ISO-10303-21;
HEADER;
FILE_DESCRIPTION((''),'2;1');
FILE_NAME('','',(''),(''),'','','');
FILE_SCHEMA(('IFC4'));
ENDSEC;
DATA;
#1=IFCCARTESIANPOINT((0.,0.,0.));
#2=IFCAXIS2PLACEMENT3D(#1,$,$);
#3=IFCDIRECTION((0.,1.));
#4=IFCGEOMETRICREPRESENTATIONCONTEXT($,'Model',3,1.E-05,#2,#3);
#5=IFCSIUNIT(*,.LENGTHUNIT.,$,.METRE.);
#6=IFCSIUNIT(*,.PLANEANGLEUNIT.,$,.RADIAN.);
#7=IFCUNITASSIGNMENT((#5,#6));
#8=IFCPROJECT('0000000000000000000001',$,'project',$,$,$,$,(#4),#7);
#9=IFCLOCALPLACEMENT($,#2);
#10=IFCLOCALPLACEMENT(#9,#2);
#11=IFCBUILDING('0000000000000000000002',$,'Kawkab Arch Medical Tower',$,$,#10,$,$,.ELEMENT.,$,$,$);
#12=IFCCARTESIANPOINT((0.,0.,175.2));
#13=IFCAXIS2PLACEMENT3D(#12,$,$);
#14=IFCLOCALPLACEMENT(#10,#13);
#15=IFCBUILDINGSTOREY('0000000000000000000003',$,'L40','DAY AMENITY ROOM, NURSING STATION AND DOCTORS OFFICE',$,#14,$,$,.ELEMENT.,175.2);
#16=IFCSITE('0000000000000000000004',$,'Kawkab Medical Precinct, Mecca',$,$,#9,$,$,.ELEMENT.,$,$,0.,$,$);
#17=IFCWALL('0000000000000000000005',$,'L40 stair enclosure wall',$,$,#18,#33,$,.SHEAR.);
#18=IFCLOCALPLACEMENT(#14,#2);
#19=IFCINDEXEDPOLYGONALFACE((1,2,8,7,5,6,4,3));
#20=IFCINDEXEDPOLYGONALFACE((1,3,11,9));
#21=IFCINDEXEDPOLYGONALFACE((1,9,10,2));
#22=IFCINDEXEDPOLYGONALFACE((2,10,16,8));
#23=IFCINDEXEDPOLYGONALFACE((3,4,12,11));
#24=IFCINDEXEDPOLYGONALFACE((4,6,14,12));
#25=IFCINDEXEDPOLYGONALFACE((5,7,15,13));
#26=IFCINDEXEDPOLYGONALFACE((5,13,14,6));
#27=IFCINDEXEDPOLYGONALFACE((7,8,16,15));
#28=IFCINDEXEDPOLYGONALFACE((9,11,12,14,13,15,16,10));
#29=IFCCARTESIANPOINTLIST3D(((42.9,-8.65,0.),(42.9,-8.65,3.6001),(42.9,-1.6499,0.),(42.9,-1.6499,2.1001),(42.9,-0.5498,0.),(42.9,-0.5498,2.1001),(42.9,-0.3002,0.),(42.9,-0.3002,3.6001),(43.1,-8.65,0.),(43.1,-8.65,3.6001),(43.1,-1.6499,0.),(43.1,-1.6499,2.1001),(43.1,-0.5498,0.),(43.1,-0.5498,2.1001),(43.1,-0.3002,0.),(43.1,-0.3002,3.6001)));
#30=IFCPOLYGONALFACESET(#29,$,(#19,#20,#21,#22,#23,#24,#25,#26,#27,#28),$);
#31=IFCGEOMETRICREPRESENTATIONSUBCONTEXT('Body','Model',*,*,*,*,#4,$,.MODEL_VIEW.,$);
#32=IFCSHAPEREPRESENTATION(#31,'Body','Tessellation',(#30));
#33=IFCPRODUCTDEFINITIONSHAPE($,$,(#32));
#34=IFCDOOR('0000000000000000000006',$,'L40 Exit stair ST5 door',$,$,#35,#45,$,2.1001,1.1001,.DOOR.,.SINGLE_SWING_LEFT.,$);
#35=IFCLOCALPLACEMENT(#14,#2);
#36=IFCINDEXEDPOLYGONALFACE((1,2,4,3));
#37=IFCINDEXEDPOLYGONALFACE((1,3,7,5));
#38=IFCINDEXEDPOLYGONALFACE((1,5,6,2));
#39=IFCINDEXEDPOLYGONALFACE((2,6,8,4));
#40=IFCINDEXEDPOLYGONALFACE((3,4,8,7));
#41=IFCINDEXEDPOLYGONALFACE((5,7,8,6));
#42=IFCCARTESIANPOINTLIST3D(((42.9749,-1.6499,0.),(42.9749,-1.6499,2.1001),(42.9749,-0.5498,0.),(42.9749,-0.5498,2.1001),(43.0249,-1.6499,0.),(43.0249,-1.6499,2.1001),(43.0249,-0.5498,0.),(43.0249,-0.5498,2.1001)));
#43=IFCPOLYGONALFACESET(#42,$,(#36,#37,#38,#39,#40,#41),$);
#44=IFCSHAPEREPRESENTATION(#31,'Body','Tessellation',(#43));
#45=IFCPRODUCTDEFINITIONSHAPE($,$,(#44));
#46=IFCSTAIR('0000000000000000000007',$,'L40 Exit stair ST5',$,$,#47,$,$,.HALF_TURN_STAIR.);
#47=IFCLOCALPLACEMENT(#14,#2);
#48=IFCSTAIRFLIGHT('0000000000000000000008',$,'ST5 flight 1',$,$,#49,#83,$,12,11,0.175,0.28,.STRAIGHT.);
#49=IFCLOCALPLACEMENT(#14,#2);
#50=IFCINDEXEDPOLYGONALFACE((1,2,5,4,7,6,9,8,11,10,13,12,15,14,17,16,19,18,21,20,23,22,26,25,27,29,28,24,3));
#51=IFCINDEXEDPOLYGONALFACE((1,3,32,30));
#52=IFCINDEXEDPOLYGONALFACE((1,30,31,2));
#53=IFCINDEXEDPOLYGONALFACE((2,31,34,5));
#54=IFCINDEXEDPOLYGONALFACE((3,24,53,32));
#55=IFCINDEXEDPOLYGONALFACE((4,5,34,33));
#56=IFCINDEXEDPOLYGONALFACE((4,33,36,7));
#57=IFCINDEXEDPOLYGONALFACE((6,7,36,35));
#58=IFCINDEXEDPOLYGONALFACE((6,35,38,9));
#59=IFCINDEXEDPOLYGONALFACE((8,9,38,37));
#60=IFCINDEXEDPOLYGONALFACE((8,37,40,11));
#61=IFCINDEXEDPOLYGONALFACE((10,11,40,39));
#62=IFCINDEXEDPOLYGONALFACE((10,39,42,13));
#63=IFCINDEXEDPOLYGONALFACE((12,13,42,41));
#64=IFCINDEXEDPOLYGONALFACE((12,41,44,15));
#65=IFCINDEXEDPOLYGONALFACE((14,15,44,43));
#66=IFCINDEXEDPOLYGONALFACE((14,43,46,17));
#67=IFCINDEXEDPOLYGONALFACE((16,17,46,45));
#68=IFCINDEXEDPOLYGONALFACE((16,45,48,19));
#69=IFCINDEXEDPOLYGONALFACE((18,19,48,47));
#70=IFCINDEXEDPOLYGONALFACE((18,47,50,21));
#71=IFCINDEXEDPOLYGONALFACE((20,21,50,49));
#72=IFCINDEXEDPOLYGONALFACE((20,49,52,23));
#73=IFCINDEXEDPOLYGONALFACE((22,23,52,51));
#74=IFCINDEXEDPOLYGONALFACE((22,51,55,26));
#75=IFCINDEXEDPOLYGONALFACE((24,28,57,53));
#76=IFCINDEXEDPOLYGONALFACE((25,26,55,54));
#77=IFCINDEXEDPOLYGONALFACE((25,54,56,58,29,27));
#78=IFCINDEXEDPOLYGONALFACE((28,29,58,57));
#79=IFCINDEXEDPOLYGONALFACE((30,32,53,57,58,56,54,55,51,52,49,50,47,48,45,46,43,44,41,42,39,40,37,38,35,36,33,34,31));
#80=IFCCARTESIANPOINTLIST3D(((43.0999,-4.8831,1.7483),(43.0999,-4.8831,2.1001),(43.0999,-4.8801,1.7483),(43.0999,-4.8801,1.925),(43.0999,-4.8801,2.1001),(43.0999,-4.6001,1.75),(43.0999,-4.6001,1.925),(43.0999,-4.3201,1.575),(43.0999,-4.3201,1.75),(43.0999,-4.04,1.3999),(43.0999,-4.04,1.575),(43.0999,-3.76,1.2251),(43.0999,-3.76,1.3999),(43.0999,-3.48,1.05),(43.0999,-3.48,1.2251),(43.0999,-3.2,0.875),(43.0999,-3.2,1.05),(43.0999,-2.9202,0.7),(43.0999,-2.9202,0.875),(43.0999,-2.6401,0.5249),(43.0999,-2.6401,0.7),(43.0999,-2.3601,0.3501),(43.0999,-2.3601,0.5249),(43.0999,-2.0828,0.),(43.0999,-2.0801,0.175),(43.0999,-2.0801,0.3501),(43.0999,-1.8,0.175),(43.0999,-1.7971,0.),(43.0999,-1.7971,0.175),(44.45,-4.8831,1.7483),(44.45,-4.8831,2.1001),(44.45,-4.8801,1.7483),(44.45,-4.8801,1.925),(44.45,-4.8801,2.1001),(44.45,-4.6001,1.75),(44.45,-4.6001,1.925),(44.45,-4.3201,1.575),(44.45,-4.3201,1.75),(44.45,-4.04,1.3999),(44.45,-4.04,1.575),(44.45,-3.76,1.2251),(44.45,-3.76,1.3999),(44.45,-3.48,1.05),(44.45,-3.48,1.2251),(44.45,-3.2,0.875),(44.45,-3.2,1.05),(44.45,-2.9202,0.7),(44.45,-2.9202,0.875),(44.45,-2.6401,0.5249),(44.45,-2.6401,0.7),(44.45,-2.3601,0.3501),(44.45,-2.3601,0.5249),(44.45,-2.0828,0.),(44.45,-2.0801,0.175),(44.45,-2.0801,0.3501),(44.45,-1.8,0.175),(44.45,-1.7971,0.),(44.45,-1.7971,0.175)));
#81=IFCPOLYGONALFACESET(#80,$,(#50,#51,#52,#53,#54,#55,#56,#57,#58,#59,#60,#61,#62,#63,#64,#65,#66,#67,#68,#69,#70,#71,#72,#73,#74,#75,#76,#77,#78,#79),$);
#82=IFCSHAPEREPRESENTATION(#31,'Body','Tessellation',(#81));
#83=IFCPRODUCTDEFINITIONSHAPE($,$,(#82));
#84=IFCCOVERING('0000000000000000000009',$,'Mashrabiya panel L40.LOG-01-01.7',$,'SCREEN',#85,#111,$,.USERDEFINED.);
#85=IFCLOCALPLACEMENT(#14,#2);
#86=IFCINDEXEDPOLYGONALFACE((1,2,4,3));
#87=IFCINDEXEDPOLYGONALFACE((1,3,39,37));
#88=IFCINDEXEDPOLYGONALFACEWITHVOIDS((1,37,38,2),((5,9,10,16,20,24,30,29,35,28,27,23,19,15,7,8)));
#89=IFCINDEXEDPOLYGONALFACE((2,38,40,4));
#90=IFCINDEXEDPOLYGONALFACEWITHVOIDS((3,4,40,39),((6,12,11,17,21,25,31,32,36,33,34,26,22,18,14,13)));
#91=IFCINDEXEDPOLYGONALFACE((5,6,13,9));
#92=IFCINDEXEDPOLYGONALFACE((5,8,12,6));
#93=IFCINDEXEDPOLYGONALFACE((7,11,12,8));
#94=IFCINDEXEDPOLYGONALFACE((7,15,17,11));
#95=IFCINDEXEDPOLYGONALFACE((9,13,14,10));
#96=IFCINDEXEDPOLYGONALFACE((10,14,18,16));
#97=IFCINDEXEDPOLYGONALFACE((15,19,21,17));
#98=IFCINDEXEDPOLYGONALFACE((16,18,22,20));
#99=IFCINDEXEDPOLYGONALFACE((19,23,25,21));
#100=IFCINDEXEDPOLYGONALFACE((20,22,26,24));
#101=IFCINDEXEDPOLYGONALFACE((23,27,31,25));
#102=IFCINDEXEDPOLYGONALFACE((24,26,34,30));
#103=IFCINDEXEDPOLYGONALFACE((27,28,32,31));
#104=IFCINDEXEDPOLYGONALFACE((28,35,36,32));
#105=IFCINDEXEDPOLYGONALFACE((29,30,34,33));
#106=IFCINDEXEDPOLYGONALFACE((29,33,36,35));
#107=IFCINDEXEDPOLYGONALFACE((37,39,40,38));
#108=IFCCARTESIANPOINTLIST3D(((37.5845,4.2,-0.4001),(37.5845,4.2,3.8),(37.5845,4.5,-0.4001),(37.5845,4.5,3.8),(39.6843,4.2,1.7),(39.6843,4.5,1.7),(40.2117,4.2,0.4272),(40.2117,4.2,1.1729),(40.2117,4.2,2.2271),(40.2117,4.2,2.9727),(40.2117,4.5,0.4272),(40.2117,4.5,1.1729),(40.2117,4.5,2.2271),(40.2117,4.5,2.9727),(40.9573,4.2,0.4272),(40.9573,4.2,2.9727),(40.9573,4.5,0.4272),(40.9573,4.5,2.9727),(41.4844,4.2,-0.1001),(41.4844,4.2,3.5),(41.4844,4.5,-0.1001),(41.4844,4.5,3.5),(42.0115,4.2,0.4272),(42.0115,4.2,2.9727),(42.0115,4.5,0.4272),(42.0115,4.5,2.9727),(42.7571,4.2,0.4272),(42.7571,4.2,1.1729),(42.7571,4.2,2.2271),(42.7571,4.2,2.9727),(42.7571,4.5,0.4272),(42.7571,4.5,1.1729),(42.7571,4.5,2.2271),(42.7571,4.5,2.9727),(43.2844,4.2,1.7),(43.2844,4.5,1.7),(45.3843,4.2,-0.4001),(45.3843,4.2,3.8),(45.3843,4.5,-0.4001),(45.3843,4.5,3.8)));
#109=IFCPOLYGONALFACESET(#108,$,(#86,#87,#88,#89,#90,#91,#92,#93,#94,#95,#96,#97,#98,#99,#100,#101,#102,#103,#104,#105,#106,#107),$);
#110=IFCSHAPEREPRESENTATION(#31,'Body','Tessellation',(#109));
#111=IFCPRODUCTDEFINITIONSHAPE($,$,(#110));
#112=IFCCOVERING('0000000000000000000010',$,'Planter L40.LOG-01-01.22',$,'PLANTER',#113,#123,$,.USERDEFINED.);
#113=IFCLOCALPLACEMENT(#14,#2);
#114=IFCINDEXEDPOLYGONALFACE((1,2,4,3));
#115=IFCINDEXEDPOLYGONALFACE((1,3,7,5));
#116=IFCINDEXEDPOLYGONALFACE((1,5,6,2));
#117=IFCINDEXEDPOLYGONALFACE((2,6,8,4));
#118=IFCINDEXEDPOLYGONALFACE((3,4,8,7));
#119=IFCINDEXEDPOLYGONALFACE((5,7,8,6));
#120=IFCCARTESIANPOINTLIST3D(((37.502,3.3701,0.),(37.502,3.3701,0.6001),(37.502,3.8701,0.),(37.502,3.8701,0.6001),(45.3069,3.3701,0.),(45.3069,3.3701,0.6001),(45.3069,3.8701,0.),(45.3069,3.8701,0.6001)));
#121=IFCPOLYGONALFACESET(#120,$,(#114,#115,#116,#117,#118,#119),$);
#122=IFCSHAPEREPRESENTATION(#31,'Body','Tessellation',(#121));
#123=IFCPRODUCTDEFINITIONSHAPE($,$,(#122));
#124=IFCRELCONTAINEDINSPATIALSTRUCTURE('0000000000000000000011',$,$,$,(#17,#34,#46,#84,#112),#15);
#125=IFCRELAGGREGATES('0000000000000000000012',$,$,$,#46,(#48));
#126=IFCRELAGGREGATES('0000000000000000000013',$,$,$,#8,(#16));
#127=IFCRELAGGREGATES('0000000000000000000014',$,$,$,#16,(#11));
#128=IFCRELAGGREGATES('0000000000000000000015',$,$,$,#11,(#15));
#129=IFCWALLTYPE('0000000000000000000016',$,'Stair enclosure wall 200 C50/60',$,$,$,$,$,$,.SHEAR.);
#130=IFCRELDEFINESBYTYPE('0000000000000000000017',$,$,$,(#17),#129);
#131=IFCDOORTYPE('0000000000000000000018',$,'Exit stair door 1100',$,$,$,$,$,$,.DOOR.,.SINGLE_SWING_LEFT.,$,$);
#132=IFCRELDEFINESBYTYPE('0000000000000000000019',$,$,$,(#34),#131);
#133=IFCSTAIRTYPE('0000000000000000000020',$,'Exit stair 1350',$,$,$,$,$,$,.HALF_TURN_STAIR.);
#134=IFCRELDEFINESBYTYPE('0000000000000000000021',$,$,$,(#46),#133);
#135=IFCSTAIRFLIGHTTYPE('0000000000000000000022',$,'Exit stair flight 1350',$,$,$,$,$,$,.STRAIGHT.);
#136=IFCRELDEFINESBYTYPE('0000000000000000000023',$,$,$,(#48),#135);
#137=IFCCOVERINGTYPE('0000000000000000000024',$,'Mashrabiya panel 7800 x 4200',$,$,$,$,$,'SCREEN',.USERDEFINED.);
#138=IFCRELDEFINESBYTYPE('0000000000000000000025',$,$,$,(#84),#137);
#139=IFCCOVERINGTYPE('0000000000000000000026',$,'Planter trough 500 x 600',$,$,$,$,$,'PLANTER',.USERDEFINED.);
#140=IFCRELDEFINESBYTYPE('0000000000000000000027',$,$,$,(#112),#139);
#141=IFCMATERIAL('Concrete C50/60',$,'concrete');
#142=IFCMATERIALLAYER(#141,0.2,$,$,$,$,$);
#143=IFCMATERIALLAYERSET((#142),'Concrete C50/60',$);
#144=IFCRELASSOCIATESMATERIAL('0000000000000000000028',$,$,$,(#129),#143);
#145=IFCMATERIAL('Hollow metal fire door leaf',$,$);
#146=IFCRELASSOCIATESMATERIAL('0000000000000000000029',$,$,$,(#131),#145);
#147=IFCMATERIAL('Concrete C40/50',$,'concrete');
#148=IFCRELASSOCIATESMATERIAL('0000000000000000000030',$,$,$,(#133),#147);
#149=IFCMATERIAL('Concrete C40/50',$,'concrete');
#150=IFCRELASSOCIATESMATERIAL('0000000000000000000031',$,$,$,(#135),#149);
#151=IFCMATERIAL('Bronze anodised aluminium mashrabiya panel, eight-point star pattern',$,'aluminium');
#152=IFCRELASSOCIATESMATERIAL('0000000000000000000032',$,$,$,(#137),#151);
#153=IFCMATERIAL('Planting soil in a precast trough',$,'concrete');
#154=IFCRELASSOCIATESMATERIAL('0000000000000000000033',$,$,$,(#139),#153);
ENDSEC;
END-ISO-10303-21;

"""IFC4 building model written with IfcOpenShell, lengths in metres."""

from ifc_helpers import new_model, si_unit, direction, frame, frame_2d, origin, origin_2d, place, context, subcontext, project, spatial, polyline, rectangle, outline, extrude, material, layer, layer_set, material_profile, profile_set, type_object, element, fill, aggregate, save


model = new_model("IFC4")

# Units and contexts
model_context = context("Model", 3, precision=1e-05, world=origin(), true_north=direction((0.0, 1.0)))
body_context = subcontext(model_context, "Body", "Model", "MODEL_VIEW")
ifc_project = project(units=[si_unit("LENGTHUNIT", "METRE"), si_unit("PLANEANGLEUNIT", "RADIAN")], contexts=[model_context])

# Site, building, storey
site_placement = place(None, origin())
site = spatial("IfcSite", under=ifc_project, at=site_placement, Name="Kawkab Medical Precinct, Mecca", CompositionType="ELEMENT", RefElevation=0.0)
building_placement = place(site_placement, origin())
building = spatial("IfcBuilding", under=site, at=building_placement, Name="Kawkab Arch Medical Tower", CompositionType="ELEMENT")
storey_placement = place(building_placement, frame((0.0, 0.0, 175.2)))
storey = spatial("IfcBuildingStorey", under=building, at=storey_placement, Name="L40", Description="DAY AMENITY ROOM, NURSING STATION AND DOCTORS OFFICE", CompositionType="ELEMENT", Elevation=175.2)

# Shared definitions
placement = place(storey_placement, origin())

# Wall, opening, door
ifc_material_1 = material(Name="Concrete C50/60", Category="concrete")
ifc_layer_1 = layer(ifc_material_1, 0.2)
ifc_layer_set_1 = layer_set([ifc_layer_1], Name="Concrete C50/60")
wall_type_1 = type_object("IfcWallType", Name="Stair enclosure wall 200 C50/60", PredefinedType="SHEAR", material=ifc_layer_set_1)
wall_1_placement = place(storey_placement, frame((43.0, -8.6499, 0.0), z_axis=(0.0, 0.0, 1.0), x_axis=(0.0, 1.0, 0.0)))
wall_1 = element("IfcWall", 1, at=wall_1_placement, inside=storey, type_object=wall_type_1, Name="L40 stair enclosure wall", PredefinedType="SHEAR", context=body_context, shape_type="SweptSolid", body=[
    extrude(rectangle(XDim=8.3499, YDim=0.2, at=frame_2d((4.1748, 0.0))), origin(), (0.0, 0.0, 1.0), 3.6001),
])
opening_1_placement = place(wall_1_placement, frame((7.0, 0.0, 0.0)))
opening_1 = element("IfcOpeningElement", 2, at=opening_1_placement, cuts=wall_1, PredefinedType="OPENING", context=body_context, shape_type="SweptSolid", body=[
    extrude(rectangle(XDim=1.1001, YDim=2.1001, at=frame_2d((0.55, 1.05))), frame((0.0, 0.1099, 0.0), z_axis=(0.0, -1.0, 0.0), x_axis=(1.0, 0.0, 0.0)), (0.0, 0.0, 1.0), 0.22),
])
ifc_material_2 = material(Name="Hollow metal fire door leaf")
door_type_1 = type_object("IfcDoorType", Name="Exit stair door 1100", OperationType="SINGLE_SWING_LEFT", PredefinedType="DOOR", material=ifc_material_2)
door_1_placement = place(opening_1_placement, frame((1.1001, 0.0, 0.0), z_axis=(0.0, 0.0, 1.0), x_axis=(-1.0, 0.0, 0.0)))
door_1 = element("IfcDoor", 3, at=door_1_placement, inside=storey, type_object=door_type_1, Name="L40 Exit stair ST5 door", OperationType="SINGLE_SWING_LEFT", OverallHeight=2.1001, OverallWidth=1.1001, PredefinedType="DOOR", context=body_context, shape_type="SweptSolid", body=[
    extrude(rectangle(XDim=1.1001, YDim=2.1001, at=frame_2d((0.55, 1.05))), frame((0.0, 0.0249, 0.0), z_axis=(0.0, -1.0, 0.0), x_axis=(1.0, 0.0, 0.0)), (0.0, 0.0, 1.0), 0.05),
])
fill(opening_1, door_1)

# Stair, stair flight
ifc_material_3 = material(Name="Concrete C40/50", Category="concrete")
stair_type = type_object("IfcStairType", Name="Exit stair 1350", PredefinedType="HALF_TURN_STAIR", material=ifc_material_3)
stair = element("IfcStair", 4, at=placement, inside=storey, type_object=stair_type, Name="L40 Exit stair ST5", PredefinedType="HALF_TURN_STAIR")
ifc_material_4 = material(Name="Concrete C40/50", Category="concrete")
stair_flight_type = type_object("IfcStairFlightType", Name="Exit stair flight 1350", PredefinedType="STRAIGHT", material=ifc_material_4)
stair_flight_placement = place(storey_placement, frame((43.7749, -1.8, 0.0), z_axis=(0.0, 0.0, 1.0), x_axis=(0.0, -1.0, 0.0)))
stair_flight = element("IfcStairFlight", 5, at=stair_flight_placement, type_object=stair_flight_type, Name="ST5 flight 1", NumberOfRisers=12, NumberOfTreads=11, PredefinedType="STRAIGHT", RiserHeight=0.175, TreadLength=0.28, context=body_context, shape_type="SweptSolid", body=[
    extrude(outline(polyline([(-0.0029, 0.0), (-0.0029, 0.175), (0.0, 0.175), (0.28, 0.175), (0.28, 0.3501), (0.5601, 0.3501), (0.5601, 0.5249), (0.8401, 0.5249), (0.8401, 0.7), (1.1201, 0.7), (1.1201, 0.875), (1.3999, 0.875), (1.3999, 1.05), (1.6799, 1.05), (1.6799, 1.2251), (1.96, 1.2251), (1.96, 1.3999), (2.24, 1.3999), (2.24, 1.575), (2.52, 1.575), (2.52, 1.75), (2.8, 1.75), (2.8, 1.925), (3.0801, 1.925), (3.0801, 2.1001), (3.083, 2.1001), (3.083, 1.7483), (3.0801, 1.7483), (0.2827, 0.0), (-0.0029, 0.0)])), frame((0.0, 0.675, 0.0), z_axis=(0.0, -1.0, 0.0), x_axis=(1.0, 0.0, 0.0)), (0.0, 0.0, 1.0), 1.3501),
])
aggregate(stair, [stair_flight])

# Coverings
ifc_material_5 = material(Name="Bronze anodised aluminium mashrabiya panel, eight-point star pattern", Category="aluminium")
ifc_material_profile_1 = material_profile(ifc_material_5, outline(polyline([(-3.8999, -2.1001), (3.8999, -2.1001), (3.8999, 2.1001), (-3.8999, 2.1001), (-3.8999, -2.1001)]), holes=[polyline([(1.8, 0.0), (1.2727, 0.5271), (1.2727, 1.2727), (0.5271, 1.2727), (0.0, 1.8), (-0.5271, 1.2727), (-1.2727, 1.2727), (-1.2727, 0.5271), (-1.8, 0.0), (-1.2727, -0.5271), (-1.2727, -1.2727), (-0.5271, -1.2727), (0.0, -1.8), (0.5271, -1.2727), (1.2727, -1.2727), (1.2727, -0.5271), (1.8, 0.0)])]), Name="Mashrabiya panel 7800x4200")
ifc_profile_set_1 = profile_set([ifc_material_profile_1], Name="Bronze anodised aluminium mashrabiya panel, eight-point star pattern")
covering_type_1 = type_object("IfcCoveringType", Name="Mashrabiya panel 7800 x 4200", ElementType="SCREEN", PredefinedType="USERDEFINED", material=ifc_profile_set_1)
covering_1_placement = place(storey_placement, frame((41.4844, 4.2, 1.7), z_axis=(0.0, 1.0, 0.0), x_axis=(-1.0, 0.0, 0.0)))
element("IfcCovering", 6, at=covering_1_placement, inside=storey, type_object=covering_type_1, Name="Mashrabiya panel L40.LOG-01-01.7", ObjectType="SCREEN", PredefinedType="USERDEFINED", context=body_context, shape_type="SweptSolid", body=[
    extrude(outline(polyline([(-3.8999, -2.1001), (3.8999, -2.1001), (3.8999, 2.1001), (-3.8999, 2.1001), (-3.8999, -2.1001)]), holes=[polyline([(1.8, 0.0), (1.2727, 0.5271), (1.2727, 1.2727), (0.5271, 1.2727), (0.0, 1.8), (-0.5271, 1.2727), (-1.2727, 1.2727), (-1.2727, 0.5271), (-1.8, 0.0), (-1.2727, -0.5271), (-1.2727, -1.2727), (-0.5271, -1.2727), (0.0, -1.8), (0.5271, -1.2727), (1.2727, -1.2727), (1.2727, -0.5271), (1.8, 0.0)])]), origin(), (0.0, 0.0, 1.0), 0.3),
])
ifc_material_6 = material(Name="Planting soil in a precast trough", Category="concrete")
ifc_material_profile_2 = material_profile(ifc_material_6, rectangle(XDim=0.5, YDim=0.6001, at=origin_2d()), Name="Trough 500x600")
ifc_profile_set_2 = profile_set([ifc_material_profile_2], Name="Planting soil in a precast trough")
covering_type_2 = type_object("IfcCoveringType", Name="Planter trough 500 x 600", ElementType="PLANTER", PredefinedType="USERDEFINED", material=ifc_profile_set_2)
covering_2_placement = place(storey_placement, frame((37.502, 3.6201, 0.3), z_axis=(1.0, 0.0, 0.0), x_axis=(0.0, 1.0, 0.0)))
element("IfcCovering", 7, at=covering_2_placement, inside=storey, type_object=covering_type_2, Name="Planter L40.LOG-01-01.22", ObjectType="PLANTER", PredefinedType="USERDEFINED", context=body_context, shape_type="SweptSolid", body=[
    extrude(rectangle(XDim=0.5, YDim=0.6001, at=origin_2d()), origin(), (0.0, 0.0, 1.0), 7.8049),
])

save(model, "model.ifc")
